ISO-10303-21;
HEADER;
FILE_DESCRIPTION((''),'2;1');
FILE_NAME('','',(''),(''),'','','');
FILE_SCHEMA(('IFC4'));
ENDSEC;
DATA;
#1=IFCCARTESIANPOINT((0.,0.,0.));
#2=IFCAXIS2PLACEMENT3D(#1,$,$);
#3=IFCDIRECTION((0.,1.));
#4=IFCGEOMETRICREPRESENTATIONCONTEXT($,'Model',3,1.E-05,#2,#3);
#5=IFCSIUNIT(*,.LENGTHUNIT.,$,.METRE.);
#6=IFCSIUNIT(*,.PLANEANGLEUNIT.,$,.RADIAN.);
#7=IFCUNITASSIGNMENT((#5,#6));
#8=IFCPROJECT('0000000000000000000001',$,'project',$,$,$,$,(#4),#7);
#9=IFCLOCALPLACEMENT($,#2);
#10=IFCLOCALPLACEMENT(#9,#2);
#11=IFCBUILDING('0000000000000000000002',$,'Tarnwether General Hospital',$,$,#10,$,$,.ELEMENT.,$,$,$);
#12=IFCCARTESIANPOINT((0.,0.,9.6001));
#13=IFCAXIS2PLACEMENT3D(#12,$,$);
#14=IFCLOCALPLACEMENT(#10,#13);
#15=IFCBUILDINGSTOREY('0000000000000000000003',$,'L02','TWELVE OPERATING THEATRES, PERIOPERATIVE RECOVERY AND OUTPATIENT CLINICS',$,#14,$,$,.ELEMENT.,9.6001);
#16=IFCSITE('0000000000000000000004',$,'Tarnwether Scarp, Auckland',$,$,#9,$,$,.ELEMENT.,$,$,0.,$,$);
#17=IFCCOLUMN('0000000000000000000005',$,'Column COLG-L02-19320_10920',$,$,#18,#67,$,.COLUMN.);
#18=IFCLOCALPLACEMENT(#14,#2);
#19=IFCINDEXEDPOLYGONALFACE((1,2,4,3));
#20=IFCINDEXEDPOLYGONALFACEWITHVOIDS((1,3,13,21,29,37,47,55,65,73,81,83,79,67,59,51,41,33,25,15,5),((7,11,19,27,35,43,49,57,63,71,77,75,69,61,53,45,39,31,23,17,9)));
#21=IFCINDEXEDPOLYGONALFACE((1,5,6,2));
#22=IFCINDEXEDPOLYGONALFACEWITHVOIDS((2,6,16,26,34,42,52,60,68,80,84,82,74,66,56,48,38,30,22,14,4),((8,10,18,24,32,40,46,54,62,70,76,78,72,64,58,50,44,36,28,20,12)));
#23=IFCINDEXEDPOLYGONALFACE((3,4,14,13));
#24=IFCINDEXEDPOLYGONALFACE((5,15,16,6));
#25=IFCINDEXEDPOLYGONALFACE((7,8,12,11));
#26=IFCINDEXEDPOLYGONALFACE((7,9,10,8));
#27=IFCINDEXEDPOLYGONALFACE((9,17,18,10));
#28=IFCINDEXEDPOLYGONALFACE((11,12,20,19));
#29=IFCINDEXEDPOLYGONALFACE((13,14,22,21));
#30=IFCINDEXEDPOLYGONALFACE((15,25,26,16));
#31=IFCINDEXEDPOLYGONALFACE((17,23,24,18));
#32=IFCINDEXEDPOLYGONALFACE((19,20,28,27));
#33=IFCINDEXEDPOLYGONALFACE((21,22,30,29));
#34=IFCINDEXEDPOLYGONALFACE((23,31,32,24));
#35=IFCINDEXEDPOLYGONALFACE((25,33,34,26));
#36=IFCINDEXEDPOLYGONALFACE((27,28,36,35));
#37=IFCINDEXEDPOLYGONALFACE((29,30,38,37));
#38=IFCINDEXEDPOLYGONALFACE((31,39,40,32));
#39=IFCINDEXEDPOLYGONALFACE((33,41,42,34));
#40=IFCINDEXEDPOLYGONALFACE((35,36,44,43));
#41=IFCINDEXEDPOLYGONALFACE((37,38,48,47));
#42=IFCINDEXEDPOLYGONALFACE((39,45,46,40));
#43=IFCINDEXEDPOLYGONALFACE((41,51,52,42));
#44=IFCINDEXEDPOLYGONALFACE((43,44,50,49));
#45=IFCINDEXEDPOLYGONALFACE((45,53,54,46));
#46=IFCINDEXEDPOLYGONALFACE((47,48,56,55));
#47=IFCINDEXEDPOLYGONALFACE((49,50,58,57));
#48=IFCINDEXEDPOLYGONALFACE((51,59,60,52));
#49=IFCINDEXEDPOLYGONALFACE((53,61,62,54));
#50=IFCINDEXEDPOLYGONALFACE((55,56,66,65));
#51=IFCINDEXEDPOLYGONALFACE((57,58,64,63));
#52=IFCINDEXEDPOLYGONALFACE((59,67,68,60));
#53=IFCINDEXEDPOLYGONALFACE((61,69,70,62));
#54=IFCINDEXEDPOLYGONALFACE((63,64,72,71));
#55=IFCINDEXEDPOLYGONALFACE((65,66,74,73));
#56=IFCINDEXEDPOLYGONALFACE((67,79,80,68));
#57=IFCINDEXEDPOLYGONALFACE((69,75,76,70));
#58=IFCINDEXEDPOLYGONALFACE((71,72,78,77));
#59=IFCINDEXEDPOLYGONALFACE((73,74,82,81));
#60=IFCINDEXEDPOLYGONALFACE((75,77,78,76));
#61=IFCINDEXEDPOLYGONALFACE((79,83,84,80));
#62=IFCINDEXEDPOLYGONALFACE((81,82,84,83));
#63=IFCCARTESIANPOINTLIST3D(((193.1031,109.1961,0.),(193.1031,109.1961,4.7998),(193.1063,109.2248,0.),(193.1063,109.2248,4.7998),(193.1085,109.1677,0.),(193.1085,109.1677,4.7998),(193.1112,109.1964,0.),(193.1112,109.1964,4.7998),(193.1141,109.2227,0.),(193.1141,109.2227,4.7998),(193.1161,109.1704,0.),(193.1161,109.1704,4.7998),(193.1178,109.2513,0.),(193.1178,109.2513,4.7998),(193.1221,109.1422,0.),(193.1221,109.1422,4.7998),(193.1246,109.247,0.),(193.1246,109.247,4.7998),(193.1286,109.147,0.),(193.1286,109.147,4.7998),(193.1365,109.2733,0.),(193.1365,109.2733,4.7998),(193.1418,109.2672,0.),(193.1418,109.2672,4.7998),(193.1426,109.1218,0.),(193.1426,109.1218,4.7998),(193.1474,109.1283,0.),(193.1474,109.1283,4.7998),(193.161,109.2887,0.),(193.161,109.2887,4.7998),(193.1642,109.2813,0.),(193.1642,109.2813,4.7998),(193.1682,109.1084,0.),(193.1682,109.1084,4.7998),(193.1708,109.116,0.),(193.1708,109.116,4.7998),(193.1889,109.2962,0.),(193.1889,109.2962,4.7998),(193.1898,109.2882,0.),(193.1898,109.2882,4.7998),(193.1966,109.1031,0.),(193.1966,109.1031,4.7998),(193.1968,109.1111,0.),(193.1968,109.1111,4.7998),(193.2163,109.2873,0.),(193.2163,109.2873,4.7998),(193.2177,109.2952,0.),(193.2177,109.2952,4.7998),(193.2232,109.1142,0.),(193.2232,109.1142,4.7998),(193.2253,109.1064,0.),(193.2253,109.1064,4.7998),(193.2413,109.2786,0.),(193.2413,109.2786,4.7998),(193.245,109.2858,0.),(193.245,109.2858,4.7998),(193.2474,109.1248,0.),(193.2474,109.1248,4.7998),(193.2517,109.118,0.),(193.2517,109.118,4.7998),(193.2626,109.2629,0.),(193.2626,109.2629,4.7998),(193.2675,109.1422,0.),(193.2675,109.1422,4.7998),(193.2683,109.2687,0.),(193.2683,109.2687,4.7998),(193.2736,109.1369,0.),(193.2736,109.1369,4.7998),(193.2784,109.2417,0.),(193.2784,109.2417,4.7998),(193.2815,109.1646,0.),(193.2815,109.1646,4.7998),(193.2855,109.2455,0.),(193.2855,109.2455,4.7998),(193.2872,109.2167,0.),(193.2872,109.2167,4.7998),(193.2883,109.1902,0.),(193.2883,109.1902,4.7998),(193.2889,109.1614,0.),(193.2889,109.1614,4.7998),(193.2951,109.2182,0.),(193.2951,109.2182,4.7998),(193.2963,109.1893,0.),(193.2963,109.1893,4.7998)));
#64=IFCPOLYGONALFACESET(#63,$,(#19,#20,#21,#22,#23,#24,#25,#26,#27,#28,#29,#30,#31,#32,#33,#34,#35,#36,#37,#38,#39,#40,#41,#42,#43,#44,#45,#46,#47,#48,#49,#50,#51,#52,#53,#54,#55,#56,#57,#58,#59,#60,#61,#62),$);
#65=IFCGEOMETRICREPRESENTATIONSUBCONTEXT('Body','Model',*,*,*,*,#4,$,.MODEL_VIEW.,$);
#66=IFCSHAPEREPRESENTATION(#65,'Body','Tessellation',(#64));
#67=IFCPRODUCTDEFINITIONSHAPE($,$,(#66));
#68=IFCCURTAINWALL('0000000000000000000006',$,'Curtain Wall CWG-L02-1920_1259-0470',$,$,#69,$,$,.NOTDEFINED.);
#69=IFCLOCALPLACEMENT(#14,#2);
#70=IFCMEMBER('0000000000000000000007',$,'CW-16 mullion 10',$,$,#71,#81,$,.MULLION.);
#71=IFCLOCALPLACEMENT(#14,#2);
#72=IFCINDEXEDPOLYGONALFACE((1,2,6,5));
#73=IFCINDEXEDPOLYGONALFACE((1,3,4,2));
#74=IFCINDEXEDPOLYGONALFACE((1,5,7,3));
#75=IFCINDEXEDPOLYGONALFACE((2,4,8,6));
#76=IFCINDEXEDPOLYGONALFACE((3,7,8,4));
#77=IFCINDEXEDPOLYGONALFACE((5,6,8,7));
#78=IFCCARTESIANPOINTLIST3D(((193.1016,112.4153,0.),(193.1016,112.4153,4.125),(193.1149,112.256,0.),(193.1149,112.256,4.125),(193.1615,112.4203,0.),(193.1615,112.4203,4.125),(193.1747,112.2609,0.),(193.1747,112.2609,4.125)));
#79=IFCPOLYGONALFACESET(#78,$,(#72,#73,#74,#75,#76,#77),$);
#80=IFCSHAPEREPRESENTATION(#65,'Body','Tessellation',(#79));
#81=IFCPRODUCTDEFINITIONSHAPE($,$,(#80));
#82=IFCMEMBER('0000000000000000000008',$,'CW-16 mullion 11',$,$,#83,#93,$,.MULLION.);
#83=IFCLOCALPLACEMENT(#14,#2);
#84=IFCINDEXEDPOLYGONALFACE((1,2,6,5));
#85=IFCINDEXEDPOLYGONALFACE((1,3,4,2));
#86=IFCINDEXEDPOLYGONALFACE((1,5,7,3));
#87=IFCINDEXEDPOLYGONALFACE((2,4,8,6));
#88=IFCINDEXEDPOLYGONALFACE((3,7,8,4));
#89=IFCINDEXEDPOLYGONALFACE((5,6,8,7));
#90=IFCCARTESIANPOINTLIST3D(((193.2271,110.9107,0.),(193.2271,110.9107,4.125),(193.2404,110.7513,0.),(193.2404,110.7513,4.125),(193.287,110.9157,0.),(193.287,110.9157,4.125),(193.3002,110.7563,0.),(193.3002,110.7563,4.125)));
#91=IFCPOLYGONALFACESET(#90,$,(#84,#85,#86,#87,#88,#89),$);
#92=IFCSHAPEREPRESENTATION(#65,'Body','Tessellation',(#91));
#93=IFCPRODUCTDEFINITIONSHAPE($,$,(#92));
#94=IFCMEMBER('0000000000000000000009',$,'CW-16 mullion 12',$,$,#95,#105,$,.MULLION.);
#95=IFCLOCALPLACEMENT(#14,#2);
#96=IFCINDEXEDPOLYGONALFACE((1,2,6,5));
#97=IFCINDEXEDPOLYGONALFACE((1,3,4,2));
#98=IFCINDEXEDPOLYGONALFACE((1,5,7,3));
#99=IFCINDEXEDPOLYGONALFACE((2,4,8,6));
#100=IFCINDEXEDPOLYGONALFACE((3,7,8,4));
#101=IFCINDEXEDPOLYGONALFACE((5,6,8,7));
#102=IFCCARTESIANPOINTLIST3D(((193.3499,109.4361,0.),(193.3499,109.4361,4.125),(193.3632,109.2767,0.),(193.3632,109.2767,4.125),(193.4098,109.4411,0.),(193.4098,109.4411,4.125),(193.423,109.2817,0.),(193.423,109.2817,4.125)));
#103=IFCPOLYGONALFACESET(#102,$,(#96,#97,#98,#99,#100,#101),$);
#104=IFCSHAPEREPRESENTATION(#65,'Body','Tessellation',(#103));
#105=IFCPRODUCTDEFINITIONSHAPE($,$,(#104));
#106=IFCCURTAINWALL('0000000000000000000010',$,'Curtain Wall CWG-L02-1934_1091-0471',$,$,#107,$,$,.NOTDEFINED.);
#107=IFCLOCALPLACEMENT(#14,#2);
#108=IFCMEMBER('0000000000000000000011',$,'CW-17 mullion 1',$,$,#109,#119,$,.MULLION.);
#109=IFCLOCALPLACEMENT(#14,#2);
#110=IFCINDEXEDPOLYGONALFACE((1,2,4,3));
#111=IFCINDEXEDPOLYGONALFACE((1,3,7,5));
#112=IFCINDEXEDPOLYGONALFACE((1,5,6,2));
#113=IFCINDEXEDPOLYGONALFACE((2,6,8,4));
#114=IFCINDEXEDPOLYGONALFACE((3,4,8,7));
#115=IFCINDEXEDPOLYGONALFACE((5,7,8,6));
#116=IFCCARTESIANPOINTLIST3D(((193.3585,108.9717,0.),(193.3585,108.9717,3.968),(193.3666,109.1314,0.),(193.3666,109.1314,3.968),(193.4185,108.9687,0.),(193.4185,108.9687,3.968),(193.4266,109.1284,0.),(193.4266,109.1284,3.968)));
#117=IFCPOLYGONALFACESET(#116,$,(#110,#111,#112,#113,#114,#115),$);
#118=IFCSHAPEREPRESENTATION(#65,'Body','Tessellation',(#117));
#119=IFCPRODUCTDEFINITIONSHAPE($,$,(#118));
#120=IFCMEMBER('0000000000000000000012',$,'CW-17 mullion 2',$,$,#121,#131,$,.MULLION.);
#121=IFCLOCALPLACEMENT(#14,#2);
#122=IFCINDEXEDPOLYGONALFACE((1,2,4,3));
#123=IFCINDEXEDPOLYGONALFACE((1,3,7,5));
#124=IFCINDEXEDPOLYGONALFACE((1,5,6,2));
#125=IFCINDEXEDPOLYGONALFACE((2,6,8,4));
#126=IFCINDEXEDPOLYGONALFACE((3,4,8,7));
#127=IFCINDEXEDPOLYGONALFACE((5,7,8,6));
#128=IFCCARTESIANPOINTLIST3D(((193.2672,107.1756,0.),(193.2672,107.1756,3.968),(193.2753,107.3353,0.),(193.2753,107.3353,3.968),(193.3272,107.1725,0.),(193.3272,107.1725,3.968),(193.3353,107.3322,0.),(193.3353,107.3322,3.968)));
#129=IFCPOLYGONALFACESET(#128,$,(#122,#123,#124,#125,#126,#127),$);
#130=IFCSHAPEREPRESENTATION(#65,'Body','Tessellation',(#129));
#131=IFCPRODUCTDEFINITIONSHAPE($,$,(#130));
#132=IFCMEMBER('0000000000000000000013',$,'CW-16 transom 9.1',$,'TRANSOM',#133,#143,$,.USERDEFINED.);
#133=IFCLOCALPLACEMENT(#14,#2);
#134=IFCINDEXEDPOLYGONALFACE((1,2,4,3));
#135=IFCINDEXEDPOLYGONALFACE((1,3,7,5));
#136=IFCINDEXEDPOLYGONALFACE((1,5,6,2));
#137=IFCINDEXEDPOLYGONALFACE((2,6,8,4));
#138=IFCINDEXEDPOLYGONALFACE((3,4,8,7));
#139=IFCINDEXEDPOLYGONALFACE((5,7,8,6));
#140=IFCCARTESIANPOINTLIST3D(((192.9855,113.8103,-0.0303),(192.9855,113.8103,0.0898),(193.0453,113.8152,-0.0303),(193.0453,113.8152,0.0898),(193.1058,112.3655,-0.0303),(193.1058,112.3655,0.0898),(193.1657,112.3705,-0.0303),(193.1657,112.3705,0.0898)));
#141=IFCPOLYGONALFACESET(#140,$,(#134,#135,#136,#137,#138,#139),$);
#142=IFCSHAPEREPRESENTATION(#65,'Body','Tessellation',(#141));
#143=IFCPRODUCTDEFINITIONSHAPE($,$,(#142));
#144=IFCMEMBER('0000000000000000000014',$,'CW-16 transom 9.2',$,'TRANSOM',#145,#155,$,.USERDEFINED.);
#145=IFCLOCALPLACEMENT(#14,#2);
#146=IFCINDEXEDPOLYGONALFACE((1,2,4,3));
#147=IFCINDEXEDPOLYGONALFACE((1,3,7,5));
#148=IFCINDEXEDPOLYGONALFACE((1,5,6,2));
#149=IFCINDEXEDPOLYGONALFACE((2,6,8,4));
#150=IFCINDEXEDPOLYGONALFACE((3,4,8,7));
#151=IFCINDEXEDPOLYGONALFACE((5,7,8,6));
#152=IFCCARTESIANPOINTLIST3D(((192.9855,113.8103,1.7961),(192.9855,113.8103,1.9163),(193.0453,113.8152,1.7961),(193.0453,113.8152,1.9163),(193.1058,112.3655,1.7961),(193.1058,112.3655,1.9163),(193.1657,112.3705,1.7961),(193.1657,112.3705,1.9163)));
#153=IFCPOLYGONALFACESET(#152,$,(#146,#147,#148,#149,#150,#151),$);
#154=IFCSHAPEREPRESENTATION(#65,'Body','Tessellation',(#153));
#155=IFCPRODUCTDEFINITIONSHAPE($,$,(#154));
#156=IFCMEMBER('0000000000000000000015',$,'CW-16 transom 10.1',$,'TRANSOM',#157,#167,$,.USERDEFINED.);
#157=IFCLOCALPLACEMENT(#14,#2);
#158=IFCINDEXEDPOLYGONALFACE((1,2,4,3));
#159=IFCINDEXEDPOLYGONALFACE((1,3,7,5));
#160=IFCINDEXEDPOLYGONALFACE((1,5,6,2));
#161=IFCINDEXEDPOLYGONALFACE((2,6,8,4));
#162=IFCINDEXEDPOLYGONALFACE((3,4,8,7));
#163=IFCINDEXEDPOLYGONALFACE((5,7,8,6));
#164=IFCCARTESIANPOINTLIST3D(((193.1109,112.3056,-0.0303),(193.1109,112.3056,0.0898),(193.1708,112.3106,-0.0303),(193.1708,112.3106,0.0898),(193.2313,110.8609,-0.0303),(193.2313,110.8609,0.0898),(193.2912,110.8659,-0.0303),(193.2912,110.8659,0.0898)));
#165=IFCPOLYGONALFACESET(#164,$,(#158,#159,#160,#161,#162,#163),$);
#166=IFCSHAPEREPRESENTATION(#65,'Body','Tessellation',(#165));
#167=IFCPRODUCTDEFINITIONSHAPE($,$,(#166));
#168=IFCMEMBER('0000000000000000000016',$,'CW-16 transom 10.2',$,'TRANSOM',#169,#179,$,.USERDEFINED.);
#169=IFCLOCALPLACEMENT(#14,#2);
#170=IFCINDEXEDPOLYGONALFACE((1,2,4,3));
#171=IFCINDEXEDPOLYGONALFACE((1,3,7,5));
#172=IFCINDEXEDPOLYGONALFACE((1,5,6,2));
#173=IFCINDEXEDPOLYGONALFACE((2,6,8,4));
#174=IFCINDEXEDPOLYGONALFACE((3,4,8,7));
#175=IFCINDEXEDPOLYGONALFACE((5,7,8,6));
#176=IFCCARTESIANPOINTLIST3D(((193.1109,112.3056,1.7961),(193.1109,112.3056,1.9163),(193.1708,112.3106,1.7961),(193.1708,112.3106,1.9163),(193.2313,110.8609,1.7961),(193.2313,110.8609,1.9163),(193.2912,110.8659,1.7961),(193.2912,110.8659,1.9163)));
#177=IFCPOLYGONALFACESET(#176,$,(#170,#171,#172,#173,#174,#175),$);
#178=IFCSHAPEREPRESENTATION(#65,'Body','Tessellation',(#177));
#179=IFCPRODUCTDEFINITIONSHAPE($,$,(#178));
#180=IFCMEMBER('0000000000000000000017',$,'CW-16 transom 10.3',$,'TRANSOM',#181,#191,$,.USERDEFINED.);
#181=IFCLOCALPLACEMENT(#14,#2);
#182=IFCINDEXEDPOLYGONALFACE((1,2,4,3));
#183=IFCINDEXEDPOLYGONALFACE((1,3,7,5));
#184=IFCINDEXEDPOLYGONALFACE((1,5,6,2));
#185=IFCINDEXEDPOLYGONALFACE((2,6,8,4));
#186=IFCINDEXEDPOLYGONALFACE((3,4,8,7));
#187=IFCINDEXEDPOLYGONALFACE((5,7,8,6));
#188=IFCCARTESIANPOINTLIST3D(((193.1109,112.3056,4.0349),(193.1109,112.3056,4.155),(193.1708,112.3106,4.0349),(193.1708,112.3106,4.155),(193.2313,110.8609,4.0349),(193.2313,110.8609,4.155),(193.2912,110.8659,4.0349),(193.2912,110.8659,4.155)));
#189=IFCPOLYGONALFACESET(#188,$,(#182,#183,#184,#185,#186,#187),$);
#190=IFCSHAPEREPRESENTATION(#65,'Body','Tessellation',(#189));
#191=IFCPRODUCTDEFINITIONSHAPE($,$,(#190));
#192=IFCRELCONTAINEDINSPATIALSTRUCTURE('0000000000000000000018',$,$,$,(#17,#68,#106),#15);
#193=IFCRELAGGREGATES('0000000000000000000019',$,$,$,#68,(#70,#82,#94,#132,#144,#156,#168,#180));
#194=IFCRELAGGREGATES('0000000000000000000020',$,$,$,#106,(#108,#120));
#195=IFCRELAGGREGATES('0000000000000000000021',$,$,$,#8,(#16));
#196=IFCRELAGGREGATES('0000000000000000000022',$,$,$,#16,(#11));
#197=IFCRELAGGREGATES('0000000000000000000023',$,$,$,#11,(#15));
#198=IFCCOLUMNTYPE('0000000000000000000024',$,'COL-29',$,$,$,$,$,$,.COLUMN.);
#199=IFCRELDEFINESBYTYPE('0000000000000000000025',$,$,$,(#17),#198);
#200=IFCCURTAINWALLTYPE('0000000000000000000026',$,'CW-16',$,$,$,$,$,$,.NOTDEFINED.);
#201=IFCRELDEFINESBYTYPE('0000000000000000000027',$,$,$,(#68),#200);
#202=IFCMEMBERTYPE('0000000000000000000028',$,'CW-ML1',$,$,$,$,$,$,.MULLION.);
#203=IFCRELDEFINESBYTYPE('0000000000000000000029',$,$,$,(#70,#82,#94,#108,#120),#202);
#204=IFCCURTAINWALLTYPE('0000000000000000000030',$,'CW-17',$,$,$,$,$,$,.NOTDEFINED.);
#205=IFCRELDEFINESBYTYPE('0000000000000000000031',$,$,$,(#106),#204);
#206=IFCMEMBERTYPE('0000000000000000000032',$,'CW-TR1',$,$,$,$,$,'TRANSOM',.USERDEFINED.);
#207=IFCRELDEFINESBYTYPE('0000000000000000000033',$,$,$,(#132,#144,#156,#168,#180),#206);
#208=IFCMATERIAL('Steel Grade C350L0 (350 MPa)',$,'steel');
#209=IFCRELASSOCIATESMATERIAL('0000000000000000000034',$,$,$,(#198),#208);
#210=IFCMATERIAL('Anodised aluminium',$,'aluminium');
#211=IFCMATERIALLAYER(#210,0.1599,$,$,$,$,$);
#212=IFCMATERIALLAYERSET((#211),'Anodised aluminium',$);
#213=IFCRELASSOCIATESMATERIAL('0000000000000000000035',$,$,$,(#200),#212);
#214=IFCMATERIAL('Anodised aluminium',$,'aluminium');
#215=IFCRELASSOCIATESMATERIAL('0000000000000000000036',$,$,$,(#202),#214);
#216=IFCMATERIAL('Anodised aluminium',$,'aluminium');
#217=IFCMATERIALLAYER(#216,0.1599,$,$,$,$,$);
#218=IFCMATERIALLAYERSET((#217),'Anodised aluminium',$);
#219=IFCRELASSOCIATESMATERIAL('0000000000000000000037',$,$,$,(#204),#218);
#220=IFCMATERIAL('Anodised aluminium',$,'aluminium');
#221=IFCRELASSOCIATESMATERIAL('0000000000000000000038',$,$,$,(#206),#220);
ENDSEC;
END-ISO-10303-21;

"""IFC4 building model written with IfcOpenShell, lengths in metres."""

from ifc_helpers import new_model, si_unit, direction, frame, origin, origin_2d, place, context, subcontext, project, spatial, rectangle, hollow_circle, extrude, material, layer, layer_set, material_profile, profile_set, type_object, element, aggregate, save


model = new_model("IFC4")

# Units and contexts
model_context = context("Model", 3, precision=1e-05, world=origin(), true_north=direction((0.0, 1.0)))
body_context = subcontext(model_context, "Body", "Model", "MODEL_VIEW")
ifc_project = project(units=[si_unit("LENGTHUNIT", "METRE"), si_unit("PLANEANGLEUNIT", "RADIAN")], contexts=[model_context])

# Site, building, storey
site_placement = place(None, origin())
site = spatial("IfcSite", under=ifc_project, at=site_placement, Name="Tarnwether Scarp, Auckland", CompositionType="ELEMENT", RefElevation=0.0)
building_placement = place(site_placement, origin())
building = spatial("IfcBuilding", under=site, at=building_placement, Name="Tarnwether General Hospital", CompositionType="ELEMENT")
storey_placement = place(building_placement, frame((0.0, 0.0, 9.6001)))
storey = spatial("IfcBuildingStorey", under=building, at=storey_placement, Name="L02", Description="TWELVE OPERATING THEATRES, PERIOPERATIVE RECOVERY AND OUTPATIENT CLINICS", CompositionType="ELEMENT", Elevation=9.6001)

# Column
ifc_material_1 = material(Name="Steel Grade C350L0 (350 MPa)", Category="steel")
ifc_material_profile_1 = material_profile(ifc_material_1, hollow_circle(Radius=0.0969, WallThickness=0.0081, at=origin_2d()), Name="CHS193.7x8.0")
ifc_profile_set_1 = profile_set([ifc_material_profile_1], Name="Steel Grade C350L0 (350 MPa)")
column_type = type_object("IfcColumnType", Name="COL-29", PredefinedType="COLUMN", material=ifc_profile_set_1)
column_placement = place(storey_placement, frame((193.2, 109.2, 0.0), z_axis=(0.0, 0.0, 1.0), x_axis=(0.882948, 0.469472, 0.0)))
element("IfcColumn", 1, at=column_placement, inside=storey, type_object=column_type, Name="Column COLG-L02-19320_10920", PredefinedType="COLUMN", context=body_context, shape_type="SweptSolid", body=[
    extrude(hollow_circle(Radius=0.0969, WallThickness=0.0081, at=origin_2d()), origin(), (0.0, 0.0, 1.0), 4.7998),
])

# Curtain walls, members
ifc_material_2 = material(Name="Anodised aluminium", Category="aluminium")
ifc_layer_1 = layer(ifc_material_2, 0.1599)
ifc_layer_set_1 = layer_set([ifc_layer_1], Name="Anodised aluminium")
curtain_wall_type_1 = type_object("IfcCurtainWallType", Name="CW-16", PredefinedType="NOTDEFINED", material=ifc_layer_set_1)
curtain_wall_1_placement = place(storey_placement, origin())
curtain_wall_1 = element("IfcCurtainWall", 2, at=curtain_wall_1_placement, inside=storey, type_object=curtain_wall_type_1, Name="Curtain Wall CWG-L02-1920_1259-0470", PredefinedType="NOTDEFINED")
ifc_material_3 = material(Name="Anodised aluminium", Category="aluminium")
ifc_material_profile_2 = material_profile(ifc_material_3, rectangle(XDim=0.0601, YDim=0.1599, at=origin_2d()), Name="ALU-MUL-60x160")
ifc_profile_set_2 = profile_set([ifc_material_profile_2], Name="Anodised aluminium")
member_type_1 = type_object("IfcMemberType", Name="CW-ML1", PredefinedType="MULLION", material=ifc_profile_set_2)
member_1_placement = place(storey_placement, frame((193.1382, 112.3381, 0.0), z_axis=(0.0, 0.0, 1.0), x_axis=(0.996547, 0.083036, 0.0)))
member_1 = element("IfcMember", 3, at=member_1_placement, type_object=member_type_1, Name="CW-16 mullion 10", PredefinedType="MULLION", context=body_context, shape_type="SweptSolid", body=[
    extrude(rectangle(XDim=0.0601, YDim=0.1599, at=origin_2d()), origin(), (0.0, 0.0, 1.0), 4.125),
])
member_2_placement = place(storey_placement, frame((193.2637, 110.8335, 0.0), z_axis=(0.0, 0.0, 1.0), x_axis=(0.996547, 0.083036, 0.0)))
member_2 = element("IfcMember", 4, at=member_2_placement, type_object=member_type_1, Name="CW-16 mullion 11", PredefinedType="MULLION", context=body_context, shape_type="SweptSolid", body=[
    extrude(rectangle(XDim=0.0601, YDim=0.1599, at=origin_2d()), origin(), (0.0, 0.0, 1.0), 4.125),
])
member_3_placement = place(storey_placement, frame((193.3865, 109.3589, 0.0), z_axis=(0.0, 0.0, 1.0), x_axis=(0.996547, 0.083036, 0.0)))
member_3 = element("IfcMember", 5, at=member_3_placement, type_object=member_type_1, Name="CW-16 mullion 12", PredefinedType="MULLION", context=body_context, shape_type="SweptSolid", body=[
    extrude(rectangle(XDim=0.0601, YDim=0.1599, at=origin_2d()), origin(), (0.0, 0.0, 1.0), 4.125),
])
ifc_material_4 = material(Name="Anodised aluminium", Category="aluminium")
ifc_layer_2 = layer(ifc_material_4, 0.1599)
ifc_layer_set_2 = layer_set([ifc_layer_2], Name="Anodised aluminium")
curtain_wall_type_2 = type_object("IfcCurtainWallType", Name="CW-17", PredefinedType="NOTDEFINED", material=ifc_layer_set_2)
curtain_wall_2_placement = place(storey_placement, origin())
curtain_wall_2 = element("IfcCurtainWall", 6, at=curtain_wall_2_placement, inside=storey, type_object=curtain_wall_type_2, Name="Curtain Wall CWG-L02-1934_1091-0471", PredefinedType="NOTDEFINED")
member_4_placement = place(storey_placement, frame((193.3926, 109.05, 0.0), z_axis=(0.0, 0.0, 1.0), x_axis=(0.998715, -0.050678, 0.0)))
member_4 = element("IfcMember", 7, at=member_4_placement, type_object=member_type_1, Name="CW-17 mullion 1", PredefinedType="MULLION", context=body_context, shape_type="SweptSolid", body=[
    extrude(rectangle(XDim=0.0601, YDim=0.1599, at=origin_2d()), origin(), (0.0, 0.0, 1.0), 3.968),
])
member_5_placement = place(storey_placement, frame((193.3013, 107.2539, 0.0), z_axis=(0.0, 0.0, 1.0), x_axis=(0.998715, -0.050678, 0.0)))
member_5 = element("IfcMember", 8, at=member_5_placement, type_object=member_type_1, Name="CW-17 mullion 2", PredefinedType="MULLION", context=body_context, shape_type="SweptSolid", body=[
    extrude(rectangle(XDim=0.0601, YDim=0.1599, at=origin_2d()), origin(), (0.0, 0.0, 1.0), 3.968),
])

# Members
ifc_material_5 = material(Name="Anodised aluminium", Category="aluminium")
ifc_material_profile_3 = material_profile(ifc_material_5, rectangle(XDim=0.0601, YDim=0.1201, at=origin_2d()), Name="ALU-TRN-60x120")
ifc_profile_set_3 = profile_set([ifc_material_profile_3], Name="Anodised aluminium")
member_type_2 = type_object("IfcMemberType", Name="CW-TR1", ElementType="TRANSOM", PredefinedType="USERDEFINED", material=ifc_profile_set_3)
member_6_placement = place(storey_placement, frame((193.0154, 113.8127, 0.0298), z_axis=(0.083018, -0.996548, 0.0), x_axis=(0.996548, 0.083018, 0.0)))
member_6 = element("IfcMember", 9, at=member_6_placement, type_object=member_type_2, Name="CW-16 transom 9.1", ObjectType="TRANSOM", PredefinedType="USERDEFINED", context=body_context, shape_type="SweptSolid", body=[
    extrude(rectangle(XDim=0.0601, YDim=0.1201, at=origin_2d()), origin(), (0.0, 0.0, 1.0), 1.4497),
])
member_7_placement = place(storey_placement, frame((193.0154, 113.8127, 1.8562), z_axis=(0.083018, -0.996548, 0.0), x_axis=(0.996548, 0.083018, 0.0)))
member_7 = element("IfcMember", 10, at=member_7_placement, type_object=member_type_2, Name="CW-16 transom 9.2", ObjectType="TRANSOM", PredefinedType="USERDEFINED", context=body_context, shape_type="SweptSolid", body=[
    extrude(rectangle(XDim=0.0601, YDim=0.1201, at=origin_2d()), origin(), (0.0, 0.0, 1.0), 1.4497),
])
member_8_placement = place(storey_placement, frame((193.1409, 112.3081, 0.0298), z_axis=(0.083032, -0.996547, 0.0), x_axis=(0.996547, 0.083032, 0.0)))
member_8 = element("IfcMember", 11, at=member_8_placement, type_object=member_type_2, Name="CW-16 transom 10.1", ObjectType="TRANSOM", PredefinedType="USERDEFINED", context=body_context, shape_type="SweptSolid", body=[
    extrude(rectangle(XDim=0.0601, YDim=0.1201, at=origin_2d()), origin(), (0.0, 0.0, 1.0), 1.4497),
])
member_9_placement = place(storey_placement, frame((193.1409, 112.3081, 1.8562), z_axis=(0.083032, -0.996547, 0.0), x_axis=(0.996547, 0.083032, 0.0)))
member_9 = element("IfcMember", 12, at=member_9_placement, type_object=member_type_2, Name="CW-16 transom 10.2", ObjectType="TRANSOM", PredefinedType="USERDEFINED", context=body_context, shape_type="SweptSolid", body=[
    extrude(rectangle(XDim=0.0601, YDim=0.1201, at=origin_2d()), origin(), (0.0, 0.0, 1.0), 1.4497),
])
member_10_placement = place(storey_placement, frame((193.1409, 112.3081, 4.095), z_axis=(0.083032, -0.996547, 0.0), x_axis=(0.996547, 0.083032, 0.0)))
member_10 = element("IfcMember", 13, at=member_10_placement, type_object=member_type_2, Name="CW-16 transom 10.3", ObjectType="TRANSOM", PredefinedType="USERDEFINED", context=body_context, shape_type="SweptSolid", body=[
    extrude(rectangle(XDim=0.0601, YDim=0.1201, at=origin_2d()), origin(), (0.0, 0.0, 1.0), 1.4497),
])

aggregate(curtain_wall_1, [member_1, member_2, member_3, member_6, member_7, member_8, member_9, member_10])
aggregate(curtain_wall_2, [member_4, member_5])

save(model, "model.ifc")
